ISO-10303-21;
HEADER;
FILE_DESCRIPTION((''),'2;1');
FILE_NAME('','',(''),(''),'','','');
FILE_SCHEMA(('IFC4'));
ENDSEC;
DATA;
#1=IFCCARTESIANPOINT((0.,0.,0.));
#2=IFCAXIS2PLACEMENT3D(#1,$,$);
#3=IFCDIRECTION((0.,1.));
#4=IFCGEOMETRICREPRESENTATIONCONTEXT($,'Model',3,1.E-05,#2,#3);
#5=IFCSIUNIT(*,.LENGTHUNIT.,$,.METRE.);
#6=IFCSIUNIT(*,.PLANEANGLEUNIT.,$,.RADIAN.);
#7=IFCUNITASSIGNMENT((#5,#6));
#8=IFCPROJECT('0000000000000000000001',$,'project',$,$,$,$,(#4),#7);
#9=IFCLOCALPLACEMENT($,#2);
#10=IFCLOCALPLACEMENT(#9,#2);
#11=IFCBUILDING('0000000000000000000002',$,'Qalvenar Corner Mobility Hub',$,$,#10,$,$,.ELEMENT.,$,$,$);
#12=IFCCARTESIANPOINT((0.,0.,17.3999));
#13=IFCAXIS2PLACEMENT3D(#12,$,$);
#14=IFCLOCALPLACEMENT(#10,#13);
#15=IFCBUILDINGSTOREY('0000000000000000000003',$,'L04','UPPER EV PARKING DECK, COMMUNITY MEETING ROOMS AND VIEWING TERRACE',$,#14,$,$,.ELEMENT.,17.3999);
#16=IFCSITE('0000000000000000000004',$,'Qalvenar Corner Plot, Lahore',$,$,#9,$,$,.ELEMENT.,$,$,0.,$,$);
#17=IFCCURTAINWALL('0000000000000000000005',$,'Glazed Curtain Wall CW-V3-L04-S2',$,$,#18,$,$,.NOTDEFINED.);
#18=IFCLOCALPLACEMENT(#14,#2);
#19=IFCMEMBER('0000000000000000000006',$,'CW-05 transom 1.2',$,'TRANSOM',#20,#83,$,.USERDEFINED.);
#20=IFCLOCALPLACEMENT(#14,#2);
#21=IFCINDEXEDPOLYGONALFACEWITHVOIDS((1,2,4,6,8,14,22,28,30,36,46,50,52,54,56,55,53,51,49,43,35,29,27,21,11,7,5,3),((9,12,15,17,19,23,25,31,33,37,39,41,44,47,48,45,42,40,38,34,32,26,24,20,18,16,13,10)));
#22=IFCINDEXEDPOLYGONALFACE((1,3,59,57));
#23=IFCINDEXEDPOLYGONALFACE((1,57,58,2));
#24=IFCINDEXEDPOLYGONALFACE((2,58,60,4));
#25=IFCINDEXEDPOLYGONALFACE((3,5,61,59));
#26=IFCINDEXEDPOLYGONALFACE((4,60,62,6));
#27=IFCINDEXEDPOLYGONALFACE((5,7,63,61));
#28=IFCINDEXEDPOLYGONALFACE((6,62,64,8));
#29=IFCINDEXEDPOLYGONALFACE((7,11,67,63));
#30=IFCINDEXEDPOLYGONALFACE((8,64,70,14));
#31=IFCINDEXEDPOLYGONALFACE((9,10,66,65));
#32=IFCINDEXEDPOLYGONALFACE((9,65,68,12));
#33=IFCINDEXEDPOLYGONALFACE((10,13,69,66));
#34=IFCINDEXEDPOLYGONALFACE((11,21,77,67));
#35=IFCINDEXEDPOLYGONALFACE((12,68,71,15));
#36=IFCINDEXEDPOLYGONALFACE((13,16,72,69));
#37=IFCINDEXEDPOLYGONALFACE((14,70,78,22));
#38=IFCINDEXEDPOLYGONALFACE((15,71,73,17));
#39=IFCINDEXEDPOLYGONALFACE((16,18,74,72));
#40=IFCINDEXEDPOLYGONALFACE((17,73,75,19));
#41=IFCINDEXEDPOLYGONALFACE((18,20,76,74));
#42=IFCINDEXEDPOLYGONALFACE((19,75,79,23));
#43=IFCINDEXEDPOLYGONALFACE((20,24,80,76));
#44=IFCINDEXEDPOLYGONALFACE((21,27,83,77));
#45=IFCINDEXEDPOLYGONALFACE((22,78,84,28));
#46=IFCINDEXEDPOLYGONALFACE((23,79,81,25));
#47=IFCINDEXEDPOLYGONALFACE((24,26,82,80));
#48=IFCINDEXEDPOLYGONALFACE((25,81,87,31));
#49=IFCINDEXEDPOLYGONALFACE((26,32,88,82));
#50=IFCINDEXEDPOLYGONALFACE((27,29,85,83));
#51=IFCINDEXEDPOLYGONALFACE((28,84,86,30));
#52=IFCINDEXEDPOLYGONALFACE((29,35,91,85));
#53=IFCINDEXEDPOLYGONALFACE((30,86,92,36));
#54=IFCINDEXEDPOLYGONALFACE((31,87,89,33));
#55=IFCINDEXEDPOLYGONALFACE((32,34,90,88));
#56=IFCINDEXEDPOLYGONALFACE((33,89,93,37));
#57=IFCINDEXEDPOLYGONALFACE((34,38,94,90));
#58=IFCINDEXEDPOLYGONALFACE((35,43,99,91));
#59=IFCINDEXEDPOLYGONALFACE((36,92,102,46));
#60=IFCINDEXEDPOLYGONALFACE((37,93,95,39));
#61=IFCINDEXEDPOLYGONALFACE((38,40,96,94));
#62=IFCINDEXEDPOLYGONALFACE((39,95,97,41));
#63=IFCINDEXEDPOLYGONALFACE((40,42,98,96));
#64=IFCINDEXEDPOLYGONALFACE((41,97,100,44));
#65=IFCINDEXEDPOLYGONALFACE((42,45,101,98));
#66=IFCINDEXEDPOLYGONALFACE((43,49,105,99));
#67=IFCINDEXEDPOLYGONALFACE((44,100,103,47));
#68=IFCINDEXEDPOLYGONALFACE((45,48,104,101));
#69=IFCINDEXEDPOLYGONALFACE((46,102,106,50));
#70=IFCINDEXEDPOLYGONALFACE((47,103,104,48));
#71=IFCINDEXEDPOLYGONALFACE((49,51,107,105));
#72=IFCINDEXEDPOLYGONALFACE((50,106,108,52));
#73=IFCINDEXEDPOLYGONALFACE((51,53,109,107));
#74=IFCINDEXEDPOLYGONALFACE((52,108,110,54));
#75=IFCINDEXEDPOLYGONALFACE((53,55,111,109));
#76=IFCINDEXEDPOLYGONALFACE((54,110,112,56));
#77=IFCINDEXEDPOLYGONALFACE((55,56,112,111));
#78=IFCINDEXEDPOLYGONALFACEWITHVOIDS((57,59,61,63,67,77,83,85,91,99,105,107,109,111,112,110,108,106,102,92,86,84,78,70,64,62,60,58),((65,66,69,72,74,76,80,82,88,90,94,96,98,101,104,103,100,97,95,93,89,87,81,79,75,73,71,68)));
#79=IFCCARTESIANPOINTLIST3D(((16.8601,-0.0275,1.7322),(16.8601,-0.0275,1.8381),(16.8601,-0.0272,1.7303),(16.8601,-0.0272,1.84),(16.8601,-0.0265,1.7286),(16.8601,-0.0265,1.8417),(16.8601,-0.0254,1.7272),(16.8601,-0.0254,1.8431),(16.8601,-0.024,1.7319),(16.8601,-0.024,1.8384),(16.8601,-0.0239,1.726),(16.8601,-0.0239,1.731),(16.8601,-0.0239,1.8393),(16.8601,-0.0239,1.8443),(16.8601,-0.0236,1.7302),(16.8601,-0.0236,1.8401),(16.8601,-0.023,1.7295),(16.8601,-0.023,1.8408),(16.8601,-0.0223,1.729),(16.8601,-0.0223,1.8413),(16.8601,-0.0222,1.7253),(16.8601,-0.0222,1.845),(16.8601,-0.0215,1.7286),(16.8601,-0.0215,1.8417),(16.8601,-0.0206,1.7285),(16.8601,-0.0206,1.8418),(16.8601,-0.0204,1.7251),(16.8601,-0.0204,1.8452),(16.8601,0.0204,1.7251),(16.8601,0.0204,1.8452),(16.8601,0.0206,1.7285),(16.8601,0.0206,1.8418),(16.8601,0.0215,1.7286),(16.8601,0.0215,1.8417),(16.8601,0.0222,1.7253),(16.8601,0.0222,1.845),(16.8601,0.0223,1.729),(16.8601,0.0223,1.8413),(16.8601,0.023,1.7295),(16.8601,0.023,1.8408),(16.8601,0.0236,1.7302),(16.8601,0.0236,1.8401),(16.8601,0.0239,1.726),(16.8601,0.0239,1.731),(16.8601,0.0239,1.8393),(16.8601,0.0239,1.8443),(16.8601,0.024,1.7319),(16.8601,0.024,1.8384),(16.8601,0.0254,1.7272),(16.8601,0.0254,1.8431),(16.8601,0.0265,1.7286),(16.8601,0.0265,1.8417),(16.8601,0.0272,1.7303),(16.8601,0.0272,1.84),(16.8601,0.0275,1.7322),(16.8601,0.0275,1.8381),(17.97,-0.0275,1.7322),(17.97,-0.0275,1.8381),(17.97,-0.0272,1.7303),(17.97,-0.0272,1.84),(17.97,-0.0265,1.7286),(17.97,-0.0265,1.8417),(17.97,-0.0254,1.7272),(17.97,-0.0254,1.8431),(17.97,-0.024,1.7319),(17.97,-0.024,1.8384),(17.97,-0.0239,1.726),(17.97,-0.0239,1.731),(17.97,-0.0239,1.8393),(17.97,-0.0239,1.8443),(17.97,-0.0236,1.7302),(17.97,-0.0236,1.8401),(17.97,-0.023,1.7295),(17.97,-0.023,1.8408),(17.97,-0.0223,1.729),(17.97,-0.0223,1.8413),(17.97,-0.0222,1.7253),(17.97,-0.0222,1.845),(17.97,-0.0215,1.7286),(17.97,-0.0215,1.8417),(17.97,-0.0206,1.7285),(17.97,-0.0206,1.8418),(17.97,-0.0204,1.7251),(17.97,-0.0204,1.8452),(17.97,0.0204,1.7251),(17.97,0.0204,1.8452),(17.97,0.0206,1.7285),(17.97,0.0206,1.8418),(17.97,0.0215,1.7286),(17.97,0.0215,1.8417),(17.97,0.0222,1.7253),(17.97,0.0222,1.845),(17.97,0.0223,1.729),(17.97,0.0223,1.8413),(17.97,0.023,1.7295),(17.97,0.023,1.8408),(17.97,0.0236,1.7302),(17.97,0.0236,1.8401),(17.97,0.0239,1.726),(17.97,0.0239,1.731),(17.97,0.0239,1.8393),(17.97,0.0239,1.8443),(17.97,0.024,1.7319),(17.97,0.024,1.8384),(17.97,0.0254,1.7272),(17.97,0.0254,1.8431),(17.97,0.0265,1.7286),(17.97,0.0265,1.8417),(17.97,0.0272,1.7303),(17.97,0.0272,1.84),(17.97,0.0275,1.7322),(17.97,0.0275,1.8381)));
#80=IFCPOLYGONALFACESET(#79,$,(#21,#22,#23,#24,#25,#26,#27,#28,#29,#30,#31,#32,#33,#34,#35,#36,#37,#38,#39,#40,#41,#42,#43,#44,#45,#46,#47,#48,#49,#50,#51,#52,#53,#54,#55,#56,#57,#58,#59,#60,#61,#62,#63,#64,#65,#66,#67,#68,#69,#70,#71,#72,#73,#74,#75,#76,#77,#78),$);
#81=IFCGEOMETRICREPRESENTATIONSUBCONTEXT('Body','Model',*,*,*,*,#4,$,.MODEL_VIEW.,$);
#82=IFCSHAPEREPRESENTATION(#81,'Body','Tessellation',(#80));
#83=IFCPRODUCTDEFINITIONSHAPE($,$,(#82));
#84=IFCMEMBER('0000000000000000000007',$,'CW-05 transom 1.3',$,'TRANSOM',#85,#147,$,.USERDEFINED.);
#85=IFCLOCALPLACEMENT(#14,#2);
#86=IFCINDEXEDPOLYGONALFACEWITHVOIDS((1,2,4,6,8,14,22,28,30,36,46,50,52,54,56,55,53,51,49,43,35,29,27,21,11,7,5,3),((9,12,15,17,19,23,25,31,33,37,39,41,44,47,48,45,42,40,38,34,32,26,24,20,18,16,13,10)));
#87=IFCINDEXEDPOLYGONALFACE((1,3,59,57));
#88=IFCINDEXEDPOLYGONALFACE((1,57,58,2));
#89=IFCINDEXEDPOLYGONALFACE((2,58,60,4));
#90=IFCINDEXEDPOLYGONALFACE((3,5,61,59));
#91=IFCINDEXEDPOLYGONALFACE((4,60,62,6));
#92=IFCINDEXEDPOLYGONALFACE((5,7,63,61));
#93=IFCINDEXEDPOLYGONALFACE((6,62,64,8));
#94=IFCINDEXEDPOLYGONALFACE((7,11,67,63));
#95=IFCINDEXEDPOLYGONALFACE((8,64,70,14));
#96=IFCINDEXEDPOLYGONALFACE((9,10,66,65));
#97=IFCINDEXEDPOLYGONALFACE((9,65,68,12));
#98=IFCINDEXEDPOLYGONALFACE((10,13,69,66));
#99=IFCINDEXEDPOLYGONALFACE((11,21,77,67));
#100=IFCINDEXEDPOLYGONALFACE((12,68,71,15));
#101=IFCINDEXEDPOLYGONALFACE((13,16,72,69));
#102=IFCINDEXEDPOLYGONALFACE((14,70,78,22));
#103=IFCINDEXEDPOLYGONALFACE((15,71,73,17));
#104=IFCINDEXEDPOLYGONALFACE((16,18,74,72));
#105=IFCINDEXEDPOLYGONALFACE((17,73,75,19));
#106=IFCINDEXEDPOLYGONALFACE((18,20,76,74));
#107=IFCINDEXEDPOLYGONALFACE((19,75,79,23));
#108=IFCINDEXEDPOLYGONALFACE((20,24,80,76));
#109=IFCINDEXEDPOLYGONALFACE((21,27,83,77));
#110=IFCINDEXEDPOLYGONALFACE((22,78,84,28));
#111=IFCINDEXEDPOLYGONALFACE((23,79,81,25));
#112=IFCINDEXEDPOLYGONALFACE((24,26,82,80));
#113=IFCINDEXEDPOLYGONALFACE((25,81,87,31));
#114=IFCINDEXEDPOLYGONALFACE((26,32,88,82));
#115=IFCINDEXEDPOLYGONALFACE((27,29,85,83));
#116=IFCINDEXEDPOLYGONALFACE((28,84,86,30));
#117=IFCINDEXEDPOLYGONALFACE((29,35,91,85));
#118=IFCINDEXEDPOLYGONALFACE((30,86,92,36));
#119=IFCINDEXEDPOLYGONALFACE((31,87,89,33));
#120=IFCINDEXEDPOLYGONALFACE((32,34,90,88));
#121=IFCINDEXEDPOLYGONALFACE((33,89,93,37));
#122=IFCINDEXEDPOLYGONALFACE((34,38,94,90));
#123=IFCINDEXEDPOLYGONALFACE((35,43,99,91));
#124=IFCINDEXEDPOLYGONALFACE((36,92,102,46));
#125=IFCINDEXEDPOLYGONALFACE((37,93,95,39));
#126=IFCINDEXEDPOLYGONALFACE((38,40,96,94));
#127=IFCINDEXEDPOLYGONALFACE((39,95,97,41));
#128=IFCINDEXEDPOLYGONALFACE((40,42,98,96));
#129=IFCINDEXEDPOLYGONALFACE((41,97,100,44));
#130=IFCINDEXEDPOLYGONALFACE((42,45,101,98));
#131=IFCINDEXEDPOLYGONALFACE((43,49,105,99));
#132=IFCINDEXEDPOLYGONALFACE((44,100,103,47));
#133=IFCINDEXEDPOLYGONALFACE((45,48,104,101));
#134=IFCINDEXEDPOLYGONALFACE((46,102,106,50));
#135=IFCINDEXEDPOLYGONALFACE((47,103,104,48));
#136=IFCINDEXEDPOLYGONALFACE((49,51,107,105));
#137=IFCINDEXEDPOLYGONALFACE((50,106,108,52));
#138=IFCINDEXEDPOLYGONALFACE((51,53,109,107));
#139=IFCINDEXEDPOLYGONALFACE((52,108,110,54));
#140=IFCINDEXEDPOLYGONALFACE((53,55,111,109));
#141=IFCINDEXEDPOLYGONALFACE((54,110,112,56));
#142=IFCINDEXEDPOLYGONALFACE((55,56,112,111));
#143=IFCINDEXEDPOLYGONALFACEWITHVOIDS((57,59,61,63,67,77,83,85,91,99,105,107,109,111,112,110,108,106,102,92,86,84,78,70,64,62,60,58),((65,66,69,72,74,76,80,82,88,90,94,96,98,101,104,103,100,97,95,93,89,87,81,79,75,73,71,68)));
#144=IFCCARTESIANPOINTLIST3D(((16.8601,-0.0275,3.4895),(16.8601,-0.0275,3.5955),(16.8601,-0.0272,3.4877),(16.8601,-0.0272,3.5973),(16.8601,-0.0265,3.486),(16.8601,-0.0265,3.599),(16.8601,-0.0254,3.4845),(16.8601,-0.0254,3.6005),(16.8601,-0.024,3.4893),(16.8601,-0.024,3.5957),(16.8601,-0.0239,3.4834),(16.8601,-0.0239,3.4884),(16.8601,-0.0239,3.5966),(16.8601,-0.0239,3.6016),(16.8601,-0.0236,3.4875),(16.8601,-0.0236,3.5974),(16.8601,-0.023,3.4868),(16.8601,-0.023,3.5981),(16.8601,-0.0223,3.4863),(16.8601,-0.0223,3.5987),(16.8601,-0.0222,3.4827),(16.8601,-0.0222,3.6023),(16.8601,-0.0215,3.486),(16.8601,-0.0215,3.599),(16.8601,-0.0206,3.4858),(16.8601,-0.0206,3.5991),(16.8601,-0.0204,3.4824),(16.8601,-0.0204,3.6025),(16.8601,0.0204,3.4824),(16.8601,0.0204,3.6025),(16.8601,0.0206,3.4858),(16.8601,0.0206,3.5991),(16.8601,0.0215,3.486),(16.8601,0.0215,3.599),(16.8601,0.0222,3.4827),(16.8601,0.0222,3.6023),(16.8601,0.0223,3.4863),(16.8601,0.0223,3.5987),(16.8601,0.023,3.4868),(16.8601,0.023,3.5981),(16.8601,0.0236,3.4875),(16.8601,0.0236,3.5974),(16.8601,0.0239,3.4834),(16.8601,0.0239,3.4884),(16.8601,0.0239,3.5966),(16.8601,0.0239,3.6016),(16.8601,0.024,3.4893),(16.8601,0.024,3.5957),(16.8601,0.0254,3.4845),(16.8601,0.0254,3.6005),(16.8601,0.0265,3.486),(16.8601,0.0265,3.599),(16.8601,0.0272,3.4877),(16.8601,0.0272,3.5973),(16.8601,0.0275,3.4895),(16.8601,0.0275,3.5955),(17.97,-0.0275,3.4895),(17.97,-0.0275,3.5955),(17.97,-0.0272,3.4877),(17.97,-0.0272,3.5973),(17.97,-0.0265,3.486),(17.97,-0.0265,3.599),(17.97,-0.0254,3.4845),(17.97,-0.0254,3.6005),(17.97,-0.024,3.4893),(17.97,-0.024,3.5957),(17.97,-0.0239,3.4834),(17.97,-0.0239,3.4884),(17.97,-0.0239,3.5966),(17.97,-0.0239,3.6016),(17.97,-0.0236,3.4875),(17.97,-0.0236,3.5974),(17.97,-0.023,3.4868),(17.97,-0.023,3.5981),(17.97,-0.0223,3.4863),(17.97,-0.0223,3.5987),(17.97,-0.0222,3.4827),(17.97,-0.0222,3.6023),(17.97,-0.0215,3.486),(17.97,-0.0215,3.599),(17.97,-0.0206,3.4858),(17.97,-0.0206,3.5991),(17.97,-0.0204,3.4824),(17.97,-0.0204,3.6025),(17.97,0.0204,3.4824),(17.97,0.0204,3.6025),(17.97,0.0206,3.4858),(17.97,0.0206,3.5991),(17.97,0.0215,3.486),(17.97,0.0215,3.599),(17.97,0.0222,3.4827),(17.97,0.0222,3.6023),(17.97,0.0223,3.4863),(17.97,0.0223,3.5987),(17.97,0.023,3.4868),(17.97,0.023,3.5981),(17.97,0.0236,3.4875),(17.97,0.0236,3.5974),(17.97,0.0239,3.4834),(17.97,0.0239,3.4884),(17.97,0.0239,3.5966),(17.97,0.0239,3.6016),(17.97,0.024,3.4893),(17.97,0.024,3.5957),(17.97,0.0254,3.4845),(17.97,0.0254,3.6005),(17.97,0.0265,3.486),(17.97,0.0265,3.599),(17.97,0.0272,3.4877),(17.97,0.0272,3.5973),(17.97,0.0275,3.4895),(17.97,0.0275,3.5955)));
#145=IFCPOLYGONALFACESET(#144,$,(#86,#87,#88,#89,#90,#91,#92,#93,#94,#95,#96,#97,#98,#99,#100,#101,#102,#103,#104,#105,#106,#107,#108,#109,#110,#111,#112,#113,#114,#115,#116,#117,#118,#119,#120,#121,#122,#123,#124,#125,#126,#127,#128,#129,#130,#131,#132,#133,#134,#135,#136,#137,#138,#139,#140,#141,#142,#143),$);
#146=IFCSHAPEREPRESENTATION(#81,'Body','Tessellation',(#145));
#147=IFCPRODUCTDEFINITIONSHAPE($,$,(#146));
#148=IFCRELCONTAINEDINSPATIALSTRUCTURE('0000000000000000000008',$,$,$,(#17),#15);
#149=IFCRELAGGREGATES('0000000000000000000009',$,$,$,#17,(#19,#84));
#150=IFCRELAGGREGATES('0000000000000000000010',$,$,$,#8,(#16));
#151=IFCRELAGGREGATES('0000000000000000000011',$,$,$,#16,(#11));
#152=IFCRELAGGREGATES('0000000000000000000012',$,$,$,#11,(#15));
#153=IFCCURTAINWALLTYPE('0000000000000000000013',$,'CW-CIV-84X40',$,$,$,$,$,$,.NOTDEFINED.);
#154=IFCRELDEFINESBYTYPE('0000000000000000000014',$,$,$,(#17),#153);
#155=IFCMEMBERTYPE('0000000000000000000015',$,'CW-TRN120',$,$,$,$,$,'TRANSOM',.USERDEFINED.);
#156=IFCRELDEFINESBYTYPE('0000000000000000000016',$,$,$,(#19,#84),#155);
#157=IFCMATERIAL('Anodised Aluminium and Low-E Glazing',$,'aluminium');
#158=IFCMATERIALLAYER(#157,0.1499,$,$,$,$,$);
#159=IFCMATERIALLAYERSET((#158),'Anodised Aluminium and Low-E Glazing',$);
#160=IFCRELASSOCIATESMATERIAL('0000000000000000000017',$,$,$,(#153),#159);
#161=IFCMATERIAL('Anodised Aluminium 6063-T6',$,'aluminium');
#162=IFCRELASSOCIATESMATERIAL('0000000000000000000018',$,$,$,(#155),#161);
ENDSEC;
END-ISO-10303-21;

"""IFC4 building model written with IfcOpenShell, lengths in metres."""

from ifc_helpers import new_model, si_unit, direction, frame, origin, origin_2d, place, context, subcontext, project, spatial, hollow_rectangle, extrude, material, layer, layer_set, material_profile, profile_set, type_object, element, aggregate, save


model = new_model("IFC4")

# Units and contexts
model_context = context("Model", 3, precision=1e-05, world=origin(), true_north=direction((0.0, 1.0)))
body_context = subcontext(model_context, "Body", "Model", "MODEL_VIEW")
ifc_project = project(units=[si_unit("LENGTHUNIT", "METRE"), si_unit("PLANEANGLEUNIT", "RADIAN")], contexts=[model_context])

# Site, building, storey
site_placement = place(None, origin())
site = spatial("IfcSite", under=ifc_project, at=site_placement, Name="Qalvenar Corner Plot, Lahore", CompositionType="ELEMENT", RefElevation=0.0)
building_placement = place(site_placement, origin())
building = spatial("IfcBuilding", under=site, at=building_placement, Name="Qalvenar Corner Mobility Hub", CompositionType="ELEMENT")
storey_placement = place(building_placement, frame((0.0, 0.0, 17.3999)))
storey = spatial("IfcBuildingStorey", under=building, at=storey_placement, Name="L04", Description="UPPER EV PARKING DECK, COMMUNITY MEETING ROOMS AND VIEWING TERRACE", CompositionType="ELEMENT", Elevation=17.3999)

# Curtain wall, members
ifc_material_1 = material(Name="Anodised Aluminium and Low-E Glazing", Category="aluminium")
ifc_layer_1 = layer(ifc_material_1, 0.1499)
ifc_layer_set_1 = layer_set([ifc_layer_1], Name="Anodised Aluminium and Low-E Glazing")
curtain_wall_type = type_object("IfcCurtainWallType", Name="CW-CIV-84X40", PredefinedType="NOTDEFINED", material=ifc_layer_set_1)
curtain_wall_placement = place(storey_placement, origin())
curtain_wall = element("IfcCurtainWall", 1, at=curtain_wall_placement, inside=storey, type_object=curtain_wall_type, Name="Glazed Curtain Wall CW-V3-L04-S2", PredefinedType="NOTDEFINED")
ifc_material_2 = material(Name="Anodised Aluminium 6063-T6", Category="aluminium")
ifc_material_profile_1 = material_profile(ifc_material_2, hollow_rectangle(XDim=0.0549, YDim=0.1201, WallThickness=0.0034, InnerFilletRadius=0.0034, OuterFilletRadius=0.0071, at=origin_2d()), Name="RHS120x55x3.5")
ifc_profile_set_1 = profile_set([ifc_material_profile_1], Name="Anodised Aluminium 6063-T6")
member_type_1 = type_object("IfcMemberType", Name="CW-TRN120", ElementType="TRANSOM", PredefinedType="USERDEFINED", material=ifc_profile_set_1)
member_1_placement = place(storey_placement, frame((16.8601, 0.0, 1.7852), z_axis=(1.0, 0.0, 0.0), x_axis=(0.0, 1.0, 0.0)))
member_1 = element("IfcMember", 2, at=member_1_placement, type_object=member_type_1, Name="CW-05 transom 1.2", ObjectType="TRANSOM", PredefinedType="USERDEFINED", context=body_context, shape_type="SweptSolid", body=[
    extrude(hollow_rectangle(XDim=0.0549, YDim=0.1201, WallThickness=0.0034, InnerFilletRadius=0.0034, OuterFilletRadius=0.0071, at=origin_2d()), origin(), (0.0, 0.0, 1.0), 1.1099),
])
member_2_placement = place(storey_placement, frame((16.8601, 0.0, 3.5425), z_axis=(1.0, 0.0, 0.0), x_axis=(0.0, 1.0, 0.0)))
member_2 = element("IfcMember", 3, at=member_2_placement, type_object=member_type_1, Name="CW-05 transom 1.3", ObjectType="TRANSOM", PredefinedType="USERDEFINED", context=body_context, shape_type="SweptSolid", body=[
    extrude(hollow_rectangle(XDim=0.0549, YDim=0.1201, WallThickness=0.0034, InnerFilletRadius=0.0034, OuterFilletRadius=0.0071, at=origin_2d()), origin(), (0.0, 0.0, 1.0), 1.1099),
])
aggregate(curtain_wall, [member_1, member_2])

save(model, "model.ifc")
